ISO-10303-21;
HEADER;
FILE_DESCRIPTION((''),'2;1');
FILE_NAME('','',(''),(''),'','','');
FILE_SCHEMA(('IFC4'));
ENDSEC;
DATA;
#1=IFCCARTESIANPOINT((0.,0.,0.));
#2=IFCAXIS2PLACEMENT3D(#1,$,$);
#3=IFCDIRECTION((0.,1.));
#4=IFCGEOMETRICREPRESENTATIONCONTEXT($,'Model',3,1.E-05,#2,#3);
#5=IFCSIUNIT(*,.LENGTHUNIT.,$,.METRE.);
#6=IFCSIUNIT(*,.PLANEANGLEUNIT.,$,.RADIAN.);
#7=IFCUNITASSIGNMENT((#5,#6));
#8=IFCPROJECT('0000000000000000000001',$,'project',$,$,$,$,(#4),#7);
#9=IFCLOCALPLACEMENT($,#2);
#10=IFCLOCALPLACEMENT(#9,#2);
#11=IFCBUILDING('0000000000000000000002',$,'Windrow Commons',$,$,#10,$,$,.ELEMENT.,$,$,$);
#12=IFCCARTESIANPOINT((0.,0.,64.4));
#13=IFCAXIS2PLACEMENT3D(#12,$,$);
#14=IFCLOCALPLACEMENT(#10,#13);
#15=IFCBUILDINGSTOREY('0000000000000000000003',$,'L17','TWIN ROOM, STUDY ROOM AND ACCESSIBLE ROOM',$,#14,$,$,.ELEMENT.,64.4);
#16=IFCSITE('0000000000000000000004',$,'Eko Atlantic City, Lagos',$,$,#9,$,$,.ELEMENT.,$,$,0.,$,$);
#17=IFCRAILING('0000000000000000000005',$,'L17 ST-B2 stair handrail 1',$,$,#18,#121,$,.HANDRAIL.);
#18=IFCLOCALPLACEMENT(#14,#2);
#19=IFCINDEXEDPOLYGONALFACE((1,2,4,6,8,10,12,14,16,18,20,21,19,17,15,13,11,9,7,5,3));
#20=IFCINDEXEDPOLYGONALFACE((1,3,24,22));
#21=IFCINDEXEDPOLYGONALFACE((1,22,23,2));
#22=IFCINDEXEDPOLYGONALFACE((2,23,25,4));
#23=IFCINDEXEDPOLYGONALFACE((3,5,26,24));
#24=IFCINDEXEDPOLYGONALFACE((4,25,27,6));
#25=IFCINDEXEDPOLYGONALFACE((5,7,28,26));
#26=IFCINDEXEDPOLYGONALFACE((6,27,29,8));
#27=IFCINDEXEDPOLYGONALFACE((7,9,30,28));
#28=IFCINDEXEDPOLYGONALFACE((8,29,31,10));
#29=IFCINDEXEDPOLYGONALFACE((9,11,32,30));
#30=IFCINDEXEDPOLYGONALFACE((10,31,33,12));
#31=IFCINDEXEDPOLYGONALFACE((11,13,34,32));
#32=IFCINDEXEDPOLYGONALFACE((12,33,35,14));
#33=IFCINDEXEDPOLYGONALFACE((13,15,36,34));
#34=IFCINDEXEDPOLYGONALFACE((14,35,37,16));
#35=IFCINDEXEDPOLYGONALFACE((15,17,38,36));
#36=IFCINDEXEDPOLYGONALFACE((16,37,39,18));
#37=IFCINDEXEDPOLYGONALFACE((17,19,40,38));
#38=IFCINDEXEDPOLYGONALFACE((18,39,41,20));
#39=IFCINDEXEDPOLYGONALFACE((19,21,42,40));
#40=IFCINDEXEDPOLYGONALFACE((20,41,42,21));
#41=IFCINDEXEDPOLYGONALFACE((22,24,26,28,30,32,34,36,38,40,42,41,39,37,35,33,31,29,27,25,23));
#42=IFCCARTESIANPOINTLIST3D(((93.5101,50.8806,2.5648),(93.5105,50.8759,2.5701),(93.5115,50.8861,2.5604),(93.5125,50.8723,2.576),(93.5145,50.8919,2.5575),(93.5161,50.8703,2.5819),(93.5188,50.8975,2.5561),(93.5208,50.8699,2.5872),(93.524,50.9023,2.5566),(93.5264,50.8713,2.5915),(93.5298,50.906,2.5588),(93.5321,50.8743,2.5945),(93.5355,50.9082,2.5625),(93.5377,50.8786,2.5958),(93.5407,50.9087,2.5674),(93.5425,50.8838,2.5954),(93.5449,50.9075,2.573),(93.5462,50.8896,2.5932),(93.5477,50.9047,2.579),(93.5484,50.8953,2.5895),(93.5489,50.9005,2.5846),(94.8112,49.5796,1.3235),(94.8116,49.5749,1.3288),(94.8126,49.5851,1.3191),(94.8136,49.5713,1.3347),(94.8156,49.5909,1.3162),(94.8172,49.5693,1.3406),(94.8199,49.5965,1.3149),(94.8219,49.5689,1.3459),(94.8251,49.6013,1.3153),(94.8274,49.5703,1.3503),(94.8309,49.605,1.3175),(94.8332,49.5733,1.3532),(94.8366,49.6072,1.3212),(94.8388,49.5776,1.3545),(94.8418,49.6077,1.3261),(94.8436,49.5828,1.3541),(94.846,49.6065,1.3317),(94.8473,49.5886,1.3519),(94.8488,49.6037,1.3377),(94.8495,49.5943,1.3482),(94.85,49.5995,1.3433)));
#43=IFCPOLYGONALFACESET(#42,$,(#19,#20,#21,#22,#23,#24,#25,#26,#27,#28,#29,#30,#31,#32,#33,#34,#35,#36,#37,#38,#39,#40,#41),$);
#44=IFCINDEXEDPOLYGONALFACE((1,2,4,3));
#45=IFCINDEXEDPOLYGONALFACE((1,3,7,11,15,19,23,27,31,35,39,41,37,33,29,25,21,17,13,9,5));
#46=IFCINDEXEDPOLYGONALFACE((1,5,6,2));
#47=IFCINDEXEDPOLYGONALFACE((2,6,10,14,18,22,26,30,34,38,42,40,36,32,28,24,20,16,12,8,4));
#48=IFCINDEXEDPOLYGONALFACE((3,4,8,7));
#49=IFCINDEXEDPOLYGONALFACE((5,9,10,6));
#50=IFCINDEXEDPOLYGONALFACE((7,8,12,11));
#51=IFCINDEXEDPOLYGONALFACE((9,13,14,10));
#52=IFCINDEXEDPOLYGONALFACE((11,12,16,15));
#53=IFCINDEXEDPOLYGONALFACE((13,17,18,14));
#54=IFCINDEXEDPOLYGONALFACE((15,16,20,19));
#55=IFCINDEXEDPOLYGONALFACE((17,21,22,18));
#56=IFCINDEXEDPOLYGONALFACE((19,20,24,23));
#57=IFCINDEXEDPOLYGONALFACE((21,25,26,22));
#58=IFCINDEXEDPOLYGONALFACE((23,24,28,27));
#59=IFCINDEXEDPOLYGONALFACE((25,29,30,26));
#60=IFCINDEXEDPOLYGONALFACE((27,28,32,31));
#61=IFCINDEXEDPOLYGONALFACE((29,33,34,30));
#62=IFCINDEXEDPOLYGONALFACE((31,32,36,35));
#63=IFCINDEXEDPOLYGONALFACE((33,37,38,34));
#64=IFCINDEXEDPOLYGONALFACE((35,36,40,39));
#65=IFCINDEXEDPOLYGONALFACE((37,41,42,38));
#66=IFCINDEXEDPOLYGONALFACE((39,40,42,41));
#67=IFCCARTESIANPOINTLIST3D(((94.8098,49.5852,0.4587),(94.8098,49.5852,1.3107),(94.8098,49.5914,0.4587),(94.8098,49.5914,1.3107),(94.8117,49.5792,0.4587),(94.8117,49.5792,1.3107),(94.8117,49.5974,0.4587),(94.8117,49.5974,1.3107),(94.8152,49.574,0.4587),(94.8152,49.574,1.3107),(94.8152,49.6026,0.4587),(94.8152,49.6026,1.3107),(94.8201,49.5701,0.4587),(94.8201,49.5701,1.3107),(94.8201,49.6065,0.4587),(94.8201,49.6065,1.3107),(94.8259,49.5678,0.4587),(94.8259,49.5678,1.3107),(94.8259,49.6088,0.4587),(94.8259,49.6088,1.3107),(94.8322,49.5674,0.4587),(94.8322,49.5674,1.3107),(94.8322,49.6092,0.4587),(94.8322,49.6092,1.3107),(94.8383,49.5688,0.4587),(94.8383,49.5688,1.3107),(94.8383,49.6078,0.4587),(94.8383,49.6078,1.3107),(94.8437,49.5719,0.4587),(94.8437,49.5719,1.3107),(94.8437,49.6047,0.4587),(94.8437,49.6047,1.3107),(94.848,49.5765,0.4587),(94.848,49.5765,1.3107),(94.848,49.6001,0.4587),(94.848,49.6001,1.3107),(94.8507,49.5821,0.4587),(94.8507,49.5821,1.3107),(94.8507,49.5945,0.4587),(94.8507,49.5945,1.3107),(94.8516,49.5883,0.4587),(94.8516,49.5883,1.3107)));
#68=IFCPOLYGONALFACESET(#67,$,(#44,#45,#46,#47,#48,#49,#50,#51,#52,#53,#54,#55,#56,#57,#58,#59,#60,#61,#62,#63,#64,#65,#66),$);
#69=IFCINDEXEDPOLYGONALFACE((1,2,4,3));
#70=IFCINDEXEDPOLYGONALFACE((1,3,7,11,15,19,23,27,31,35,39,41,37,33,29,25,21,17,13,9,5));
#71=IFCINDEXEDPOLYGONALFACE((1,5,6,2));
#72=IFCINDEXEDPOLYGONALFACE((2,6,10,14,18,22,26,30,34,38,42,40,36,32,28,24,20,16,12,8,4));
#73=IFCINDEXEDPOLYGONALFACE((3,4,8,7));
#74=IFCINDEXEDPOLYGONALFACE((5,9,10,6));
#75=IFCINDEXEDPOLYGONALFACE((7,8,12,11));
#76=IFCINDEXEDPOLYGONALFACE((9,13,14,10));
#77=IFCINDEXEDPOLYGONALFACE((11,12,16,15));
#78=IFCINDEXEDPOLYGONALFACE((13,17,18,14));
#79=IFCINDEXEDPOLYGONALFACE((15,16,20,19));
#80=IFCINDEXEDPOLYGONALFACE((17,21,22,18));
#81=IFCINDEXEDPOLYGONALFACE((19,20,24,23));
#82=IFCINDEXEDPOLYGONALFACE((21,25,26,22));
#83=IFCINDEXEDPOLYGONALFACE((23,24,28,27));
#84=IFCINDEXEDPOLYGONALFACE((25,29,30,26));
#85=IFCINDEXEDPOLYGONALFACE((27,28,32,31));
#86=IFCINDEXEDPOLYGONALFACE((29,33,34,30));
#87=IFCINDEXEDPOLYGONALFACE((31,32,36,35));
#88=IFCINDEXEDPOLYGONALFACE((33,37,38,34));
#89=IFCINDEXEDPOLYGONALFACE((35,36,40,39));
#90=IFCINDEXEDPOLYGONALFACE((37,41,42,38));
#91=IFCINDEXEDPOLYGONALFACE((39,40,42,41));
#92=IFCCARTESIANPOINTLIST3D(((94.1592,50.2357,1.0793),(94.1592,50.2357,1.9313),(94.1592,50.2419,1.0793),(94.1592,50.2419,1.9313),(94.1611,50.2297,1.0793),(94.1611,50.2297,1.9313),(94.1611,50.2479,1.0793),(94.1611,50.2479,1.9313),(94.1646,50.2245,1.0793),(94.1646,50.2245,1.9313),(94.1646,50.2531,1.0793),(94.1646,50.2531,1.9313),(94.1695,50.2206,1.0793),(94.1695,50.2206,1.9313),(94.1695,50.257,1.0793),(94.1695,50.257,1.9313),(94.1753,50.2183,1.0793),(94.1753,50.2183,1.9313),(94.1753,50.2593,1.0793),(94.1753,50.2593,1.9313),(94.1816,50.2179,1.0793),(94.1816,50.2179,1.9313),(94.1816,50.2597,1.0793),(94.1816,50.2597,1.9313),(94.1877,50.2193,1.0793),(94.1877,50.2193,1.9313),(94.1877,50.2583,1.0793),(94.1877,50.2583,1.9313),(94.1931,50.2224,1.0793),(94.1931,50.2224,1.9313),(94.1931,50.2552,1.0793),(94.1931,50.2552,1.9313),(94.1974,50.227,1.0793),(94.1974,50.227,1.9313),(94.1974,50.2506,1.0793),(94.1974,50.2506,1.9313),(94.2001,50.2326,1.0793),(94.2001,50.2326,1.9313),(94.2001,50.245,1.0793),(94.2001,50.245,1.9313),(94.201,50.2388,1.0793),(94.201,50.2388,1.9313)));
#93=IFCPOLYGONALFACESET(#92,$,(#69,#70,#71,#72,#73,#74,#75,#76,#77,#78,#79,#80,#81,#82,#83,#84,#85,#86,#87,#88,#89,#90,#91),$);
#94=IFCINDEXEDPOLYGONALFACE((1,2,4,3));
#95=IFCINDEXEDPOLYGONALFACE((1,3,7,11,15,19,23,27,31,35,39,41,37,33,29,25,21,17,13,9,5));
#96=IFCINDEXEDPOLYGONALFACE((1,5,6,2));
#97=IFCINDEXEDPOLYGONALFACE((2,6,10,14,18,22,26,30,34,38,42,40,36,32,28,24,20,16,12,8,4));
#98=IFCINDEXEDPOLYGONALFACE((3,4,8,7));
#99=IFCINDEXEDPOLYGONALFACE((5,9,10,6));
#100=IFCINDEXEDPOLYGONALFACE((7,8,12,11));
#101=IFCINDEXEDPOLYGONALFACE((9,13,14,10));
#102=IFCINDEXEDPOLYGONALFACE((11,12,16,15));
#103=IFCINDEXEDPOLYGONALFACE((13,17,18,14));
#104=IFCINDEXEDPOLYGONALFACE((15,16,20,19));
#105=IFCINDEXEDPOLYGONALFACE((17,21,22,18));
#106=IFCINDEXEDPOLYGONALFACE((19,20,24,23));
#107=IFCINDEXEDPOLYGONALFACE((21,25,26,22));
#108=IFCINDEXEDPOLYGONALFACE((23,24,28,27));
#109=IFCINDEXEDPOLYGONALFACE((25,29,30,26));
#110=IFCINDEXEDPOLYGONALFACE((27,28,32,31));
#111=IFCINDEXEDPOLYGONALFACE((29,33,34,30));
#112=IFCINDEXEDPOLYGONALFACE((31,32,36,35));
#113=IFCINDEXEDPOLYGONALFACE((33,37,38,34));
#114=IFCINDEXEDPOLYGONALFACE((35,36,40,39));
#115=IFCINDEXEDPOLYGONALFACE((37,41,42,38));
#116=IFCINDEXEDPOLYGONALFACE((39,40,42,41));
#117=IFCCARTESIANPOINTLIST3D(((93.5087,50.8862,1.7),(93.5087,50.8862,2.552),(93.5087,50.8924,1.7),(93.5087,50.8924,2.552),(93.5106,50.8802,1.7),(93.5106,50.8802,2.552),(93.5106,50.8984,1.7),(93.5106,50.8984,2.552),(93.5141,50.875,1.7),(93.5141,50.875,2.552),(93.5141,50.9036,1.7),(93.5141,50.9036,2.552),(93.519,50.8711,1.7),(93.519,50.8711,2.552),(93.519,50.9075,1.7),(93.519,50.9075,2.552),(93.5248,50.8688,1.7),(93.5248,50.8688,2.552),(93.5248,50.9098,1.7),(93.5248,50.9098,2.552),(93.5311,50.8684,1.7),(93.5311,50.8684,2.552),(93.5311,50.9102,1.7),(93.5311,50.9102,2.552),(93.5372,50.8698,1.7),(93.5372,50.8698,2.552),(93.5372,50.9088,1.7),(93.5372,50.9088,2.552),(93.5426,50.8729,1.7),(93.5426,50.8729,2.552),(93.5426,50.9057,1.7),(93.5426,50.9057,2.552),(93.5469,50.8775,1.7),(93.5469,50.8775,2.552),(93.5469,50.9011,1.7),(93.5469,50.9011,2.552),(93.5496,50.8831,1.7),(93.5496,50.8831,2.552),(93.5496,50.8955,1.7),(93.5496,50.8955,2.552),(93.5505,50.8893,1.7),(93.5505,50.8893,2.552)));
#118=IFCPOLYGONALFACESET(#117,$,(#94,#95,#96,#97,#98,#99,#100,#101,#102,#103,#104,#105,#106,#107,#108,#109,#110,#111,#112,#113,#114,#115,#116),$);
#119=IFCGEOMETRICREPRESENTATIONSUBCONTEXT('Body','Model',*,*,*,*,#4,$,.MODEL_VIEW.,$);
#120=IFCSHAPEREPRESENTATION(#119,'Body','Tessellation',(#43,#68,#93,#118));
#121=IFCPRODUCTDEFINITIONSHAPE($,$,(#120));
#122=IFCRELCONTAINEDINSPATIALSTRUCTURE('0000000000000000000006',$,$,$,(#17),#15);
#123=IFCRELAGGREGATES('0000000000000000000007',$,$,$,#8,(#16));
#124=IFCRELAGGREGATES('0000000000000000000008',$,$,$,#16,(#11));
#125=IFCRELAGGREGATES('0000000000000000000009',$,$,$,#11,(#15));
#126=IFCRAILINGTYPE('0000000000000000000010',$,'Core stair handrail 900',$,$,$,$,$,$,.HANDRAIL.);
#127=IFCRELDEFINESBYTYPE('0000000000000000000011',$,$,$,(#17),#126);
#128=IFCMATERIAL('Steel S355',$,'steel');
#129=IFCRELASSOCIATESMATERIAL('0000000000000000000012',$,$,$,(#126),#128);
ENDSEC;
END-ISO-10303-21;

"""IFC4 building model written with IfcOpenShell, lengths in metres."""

from ifc_helpers import new_model, si_unit, direction, frame, origin, origin_2d, place, context, subcontext, project, spatial, circle, extrude, material, type_object, element, save


model = new_model("IFC4")

# Units and contexts
model_context = context("Model", 3, precision=1e-05, world=origin(), true_north=direction((0.0, 1.0)))
body_context = subcontext(model_context, "Body", "Model", "MODEL_VIEW")
ifc_project = project(units=[si_unit("LENGTHUNIT", "METRE"), si_unit("PLANEANGLEUNIT", "RADIAN")], contexts=[model_context])

# Site, building, storey
site_placement = place(None, origin())
site = spatial("IfcSite", under=ifc_project, at=site_placement, Name="Eko Atlantic City, Lagos", CompositionType="ELEMENT", RefElevation=0.0)
building_placement = place(site_placement, origin())
building = spatial("IfcBuilding", under=site, at=building_placement, Name="Windrow Commons", CompositionType="ELEMENT")
storey_placement = place(building_placement, frame((0.0, 0.0, 64.4)))
storey = spatial("IfcBuildingStorey", under=building, at=storey_placement, Name="L17", Description="TWIN ROOM, STUDY ROOM AND ACCESSIBLE ROOM", CompositionType="ELEMENT", Elevation=64.4)

# Railing
ifc_material_1 = material(Name="Steel S355", Category="steel")
railing_type_1 = type_object("IfcRailingType", Name="Core stair handrail 900", PredefinedType="HANDRAIL", material=ifc_material_1)
railing_1_placement = place(storey_placement, frame((94.8306, 49.5883, 0.4587)))
element("IfcRailing", 1, at=railing_1_placement, inside=storey, type_object=railing_type_1, Name="L17 ST-B2 stair handrail 1", PredefinedType="HANDRAIL", context=body_context, shape_type="SweptSolid", body=[
    extrude(circle(Radius=0.024, at=origin_2d()), frame((0.0, 0.0, 0.876), z_axis=(-0.586207, 0.586162, 0.559264), x_axis=(-0.70708, -0.707134, 0.0)), (0.0, 0.0, 1.0), 2.2195),
    extrude(circle(Radius=0.021, at=origin_2d()), origin(), (0.0, 0.0, 1.0), 0.852),
    extrude(circle(Radius=0.021, at=origin_2d()), frame((-0.6506, 0.6505, 0.6206)), (0.0, 0.0, 1.0), 0.852),
    extrude(circle(Radius=0.021, at=origin_2d()), frame((-1.3011, 1.301, 1.2413)), (0.0, 0.0, 1.0), 0.852),
])

save(model, "model.ifc")
